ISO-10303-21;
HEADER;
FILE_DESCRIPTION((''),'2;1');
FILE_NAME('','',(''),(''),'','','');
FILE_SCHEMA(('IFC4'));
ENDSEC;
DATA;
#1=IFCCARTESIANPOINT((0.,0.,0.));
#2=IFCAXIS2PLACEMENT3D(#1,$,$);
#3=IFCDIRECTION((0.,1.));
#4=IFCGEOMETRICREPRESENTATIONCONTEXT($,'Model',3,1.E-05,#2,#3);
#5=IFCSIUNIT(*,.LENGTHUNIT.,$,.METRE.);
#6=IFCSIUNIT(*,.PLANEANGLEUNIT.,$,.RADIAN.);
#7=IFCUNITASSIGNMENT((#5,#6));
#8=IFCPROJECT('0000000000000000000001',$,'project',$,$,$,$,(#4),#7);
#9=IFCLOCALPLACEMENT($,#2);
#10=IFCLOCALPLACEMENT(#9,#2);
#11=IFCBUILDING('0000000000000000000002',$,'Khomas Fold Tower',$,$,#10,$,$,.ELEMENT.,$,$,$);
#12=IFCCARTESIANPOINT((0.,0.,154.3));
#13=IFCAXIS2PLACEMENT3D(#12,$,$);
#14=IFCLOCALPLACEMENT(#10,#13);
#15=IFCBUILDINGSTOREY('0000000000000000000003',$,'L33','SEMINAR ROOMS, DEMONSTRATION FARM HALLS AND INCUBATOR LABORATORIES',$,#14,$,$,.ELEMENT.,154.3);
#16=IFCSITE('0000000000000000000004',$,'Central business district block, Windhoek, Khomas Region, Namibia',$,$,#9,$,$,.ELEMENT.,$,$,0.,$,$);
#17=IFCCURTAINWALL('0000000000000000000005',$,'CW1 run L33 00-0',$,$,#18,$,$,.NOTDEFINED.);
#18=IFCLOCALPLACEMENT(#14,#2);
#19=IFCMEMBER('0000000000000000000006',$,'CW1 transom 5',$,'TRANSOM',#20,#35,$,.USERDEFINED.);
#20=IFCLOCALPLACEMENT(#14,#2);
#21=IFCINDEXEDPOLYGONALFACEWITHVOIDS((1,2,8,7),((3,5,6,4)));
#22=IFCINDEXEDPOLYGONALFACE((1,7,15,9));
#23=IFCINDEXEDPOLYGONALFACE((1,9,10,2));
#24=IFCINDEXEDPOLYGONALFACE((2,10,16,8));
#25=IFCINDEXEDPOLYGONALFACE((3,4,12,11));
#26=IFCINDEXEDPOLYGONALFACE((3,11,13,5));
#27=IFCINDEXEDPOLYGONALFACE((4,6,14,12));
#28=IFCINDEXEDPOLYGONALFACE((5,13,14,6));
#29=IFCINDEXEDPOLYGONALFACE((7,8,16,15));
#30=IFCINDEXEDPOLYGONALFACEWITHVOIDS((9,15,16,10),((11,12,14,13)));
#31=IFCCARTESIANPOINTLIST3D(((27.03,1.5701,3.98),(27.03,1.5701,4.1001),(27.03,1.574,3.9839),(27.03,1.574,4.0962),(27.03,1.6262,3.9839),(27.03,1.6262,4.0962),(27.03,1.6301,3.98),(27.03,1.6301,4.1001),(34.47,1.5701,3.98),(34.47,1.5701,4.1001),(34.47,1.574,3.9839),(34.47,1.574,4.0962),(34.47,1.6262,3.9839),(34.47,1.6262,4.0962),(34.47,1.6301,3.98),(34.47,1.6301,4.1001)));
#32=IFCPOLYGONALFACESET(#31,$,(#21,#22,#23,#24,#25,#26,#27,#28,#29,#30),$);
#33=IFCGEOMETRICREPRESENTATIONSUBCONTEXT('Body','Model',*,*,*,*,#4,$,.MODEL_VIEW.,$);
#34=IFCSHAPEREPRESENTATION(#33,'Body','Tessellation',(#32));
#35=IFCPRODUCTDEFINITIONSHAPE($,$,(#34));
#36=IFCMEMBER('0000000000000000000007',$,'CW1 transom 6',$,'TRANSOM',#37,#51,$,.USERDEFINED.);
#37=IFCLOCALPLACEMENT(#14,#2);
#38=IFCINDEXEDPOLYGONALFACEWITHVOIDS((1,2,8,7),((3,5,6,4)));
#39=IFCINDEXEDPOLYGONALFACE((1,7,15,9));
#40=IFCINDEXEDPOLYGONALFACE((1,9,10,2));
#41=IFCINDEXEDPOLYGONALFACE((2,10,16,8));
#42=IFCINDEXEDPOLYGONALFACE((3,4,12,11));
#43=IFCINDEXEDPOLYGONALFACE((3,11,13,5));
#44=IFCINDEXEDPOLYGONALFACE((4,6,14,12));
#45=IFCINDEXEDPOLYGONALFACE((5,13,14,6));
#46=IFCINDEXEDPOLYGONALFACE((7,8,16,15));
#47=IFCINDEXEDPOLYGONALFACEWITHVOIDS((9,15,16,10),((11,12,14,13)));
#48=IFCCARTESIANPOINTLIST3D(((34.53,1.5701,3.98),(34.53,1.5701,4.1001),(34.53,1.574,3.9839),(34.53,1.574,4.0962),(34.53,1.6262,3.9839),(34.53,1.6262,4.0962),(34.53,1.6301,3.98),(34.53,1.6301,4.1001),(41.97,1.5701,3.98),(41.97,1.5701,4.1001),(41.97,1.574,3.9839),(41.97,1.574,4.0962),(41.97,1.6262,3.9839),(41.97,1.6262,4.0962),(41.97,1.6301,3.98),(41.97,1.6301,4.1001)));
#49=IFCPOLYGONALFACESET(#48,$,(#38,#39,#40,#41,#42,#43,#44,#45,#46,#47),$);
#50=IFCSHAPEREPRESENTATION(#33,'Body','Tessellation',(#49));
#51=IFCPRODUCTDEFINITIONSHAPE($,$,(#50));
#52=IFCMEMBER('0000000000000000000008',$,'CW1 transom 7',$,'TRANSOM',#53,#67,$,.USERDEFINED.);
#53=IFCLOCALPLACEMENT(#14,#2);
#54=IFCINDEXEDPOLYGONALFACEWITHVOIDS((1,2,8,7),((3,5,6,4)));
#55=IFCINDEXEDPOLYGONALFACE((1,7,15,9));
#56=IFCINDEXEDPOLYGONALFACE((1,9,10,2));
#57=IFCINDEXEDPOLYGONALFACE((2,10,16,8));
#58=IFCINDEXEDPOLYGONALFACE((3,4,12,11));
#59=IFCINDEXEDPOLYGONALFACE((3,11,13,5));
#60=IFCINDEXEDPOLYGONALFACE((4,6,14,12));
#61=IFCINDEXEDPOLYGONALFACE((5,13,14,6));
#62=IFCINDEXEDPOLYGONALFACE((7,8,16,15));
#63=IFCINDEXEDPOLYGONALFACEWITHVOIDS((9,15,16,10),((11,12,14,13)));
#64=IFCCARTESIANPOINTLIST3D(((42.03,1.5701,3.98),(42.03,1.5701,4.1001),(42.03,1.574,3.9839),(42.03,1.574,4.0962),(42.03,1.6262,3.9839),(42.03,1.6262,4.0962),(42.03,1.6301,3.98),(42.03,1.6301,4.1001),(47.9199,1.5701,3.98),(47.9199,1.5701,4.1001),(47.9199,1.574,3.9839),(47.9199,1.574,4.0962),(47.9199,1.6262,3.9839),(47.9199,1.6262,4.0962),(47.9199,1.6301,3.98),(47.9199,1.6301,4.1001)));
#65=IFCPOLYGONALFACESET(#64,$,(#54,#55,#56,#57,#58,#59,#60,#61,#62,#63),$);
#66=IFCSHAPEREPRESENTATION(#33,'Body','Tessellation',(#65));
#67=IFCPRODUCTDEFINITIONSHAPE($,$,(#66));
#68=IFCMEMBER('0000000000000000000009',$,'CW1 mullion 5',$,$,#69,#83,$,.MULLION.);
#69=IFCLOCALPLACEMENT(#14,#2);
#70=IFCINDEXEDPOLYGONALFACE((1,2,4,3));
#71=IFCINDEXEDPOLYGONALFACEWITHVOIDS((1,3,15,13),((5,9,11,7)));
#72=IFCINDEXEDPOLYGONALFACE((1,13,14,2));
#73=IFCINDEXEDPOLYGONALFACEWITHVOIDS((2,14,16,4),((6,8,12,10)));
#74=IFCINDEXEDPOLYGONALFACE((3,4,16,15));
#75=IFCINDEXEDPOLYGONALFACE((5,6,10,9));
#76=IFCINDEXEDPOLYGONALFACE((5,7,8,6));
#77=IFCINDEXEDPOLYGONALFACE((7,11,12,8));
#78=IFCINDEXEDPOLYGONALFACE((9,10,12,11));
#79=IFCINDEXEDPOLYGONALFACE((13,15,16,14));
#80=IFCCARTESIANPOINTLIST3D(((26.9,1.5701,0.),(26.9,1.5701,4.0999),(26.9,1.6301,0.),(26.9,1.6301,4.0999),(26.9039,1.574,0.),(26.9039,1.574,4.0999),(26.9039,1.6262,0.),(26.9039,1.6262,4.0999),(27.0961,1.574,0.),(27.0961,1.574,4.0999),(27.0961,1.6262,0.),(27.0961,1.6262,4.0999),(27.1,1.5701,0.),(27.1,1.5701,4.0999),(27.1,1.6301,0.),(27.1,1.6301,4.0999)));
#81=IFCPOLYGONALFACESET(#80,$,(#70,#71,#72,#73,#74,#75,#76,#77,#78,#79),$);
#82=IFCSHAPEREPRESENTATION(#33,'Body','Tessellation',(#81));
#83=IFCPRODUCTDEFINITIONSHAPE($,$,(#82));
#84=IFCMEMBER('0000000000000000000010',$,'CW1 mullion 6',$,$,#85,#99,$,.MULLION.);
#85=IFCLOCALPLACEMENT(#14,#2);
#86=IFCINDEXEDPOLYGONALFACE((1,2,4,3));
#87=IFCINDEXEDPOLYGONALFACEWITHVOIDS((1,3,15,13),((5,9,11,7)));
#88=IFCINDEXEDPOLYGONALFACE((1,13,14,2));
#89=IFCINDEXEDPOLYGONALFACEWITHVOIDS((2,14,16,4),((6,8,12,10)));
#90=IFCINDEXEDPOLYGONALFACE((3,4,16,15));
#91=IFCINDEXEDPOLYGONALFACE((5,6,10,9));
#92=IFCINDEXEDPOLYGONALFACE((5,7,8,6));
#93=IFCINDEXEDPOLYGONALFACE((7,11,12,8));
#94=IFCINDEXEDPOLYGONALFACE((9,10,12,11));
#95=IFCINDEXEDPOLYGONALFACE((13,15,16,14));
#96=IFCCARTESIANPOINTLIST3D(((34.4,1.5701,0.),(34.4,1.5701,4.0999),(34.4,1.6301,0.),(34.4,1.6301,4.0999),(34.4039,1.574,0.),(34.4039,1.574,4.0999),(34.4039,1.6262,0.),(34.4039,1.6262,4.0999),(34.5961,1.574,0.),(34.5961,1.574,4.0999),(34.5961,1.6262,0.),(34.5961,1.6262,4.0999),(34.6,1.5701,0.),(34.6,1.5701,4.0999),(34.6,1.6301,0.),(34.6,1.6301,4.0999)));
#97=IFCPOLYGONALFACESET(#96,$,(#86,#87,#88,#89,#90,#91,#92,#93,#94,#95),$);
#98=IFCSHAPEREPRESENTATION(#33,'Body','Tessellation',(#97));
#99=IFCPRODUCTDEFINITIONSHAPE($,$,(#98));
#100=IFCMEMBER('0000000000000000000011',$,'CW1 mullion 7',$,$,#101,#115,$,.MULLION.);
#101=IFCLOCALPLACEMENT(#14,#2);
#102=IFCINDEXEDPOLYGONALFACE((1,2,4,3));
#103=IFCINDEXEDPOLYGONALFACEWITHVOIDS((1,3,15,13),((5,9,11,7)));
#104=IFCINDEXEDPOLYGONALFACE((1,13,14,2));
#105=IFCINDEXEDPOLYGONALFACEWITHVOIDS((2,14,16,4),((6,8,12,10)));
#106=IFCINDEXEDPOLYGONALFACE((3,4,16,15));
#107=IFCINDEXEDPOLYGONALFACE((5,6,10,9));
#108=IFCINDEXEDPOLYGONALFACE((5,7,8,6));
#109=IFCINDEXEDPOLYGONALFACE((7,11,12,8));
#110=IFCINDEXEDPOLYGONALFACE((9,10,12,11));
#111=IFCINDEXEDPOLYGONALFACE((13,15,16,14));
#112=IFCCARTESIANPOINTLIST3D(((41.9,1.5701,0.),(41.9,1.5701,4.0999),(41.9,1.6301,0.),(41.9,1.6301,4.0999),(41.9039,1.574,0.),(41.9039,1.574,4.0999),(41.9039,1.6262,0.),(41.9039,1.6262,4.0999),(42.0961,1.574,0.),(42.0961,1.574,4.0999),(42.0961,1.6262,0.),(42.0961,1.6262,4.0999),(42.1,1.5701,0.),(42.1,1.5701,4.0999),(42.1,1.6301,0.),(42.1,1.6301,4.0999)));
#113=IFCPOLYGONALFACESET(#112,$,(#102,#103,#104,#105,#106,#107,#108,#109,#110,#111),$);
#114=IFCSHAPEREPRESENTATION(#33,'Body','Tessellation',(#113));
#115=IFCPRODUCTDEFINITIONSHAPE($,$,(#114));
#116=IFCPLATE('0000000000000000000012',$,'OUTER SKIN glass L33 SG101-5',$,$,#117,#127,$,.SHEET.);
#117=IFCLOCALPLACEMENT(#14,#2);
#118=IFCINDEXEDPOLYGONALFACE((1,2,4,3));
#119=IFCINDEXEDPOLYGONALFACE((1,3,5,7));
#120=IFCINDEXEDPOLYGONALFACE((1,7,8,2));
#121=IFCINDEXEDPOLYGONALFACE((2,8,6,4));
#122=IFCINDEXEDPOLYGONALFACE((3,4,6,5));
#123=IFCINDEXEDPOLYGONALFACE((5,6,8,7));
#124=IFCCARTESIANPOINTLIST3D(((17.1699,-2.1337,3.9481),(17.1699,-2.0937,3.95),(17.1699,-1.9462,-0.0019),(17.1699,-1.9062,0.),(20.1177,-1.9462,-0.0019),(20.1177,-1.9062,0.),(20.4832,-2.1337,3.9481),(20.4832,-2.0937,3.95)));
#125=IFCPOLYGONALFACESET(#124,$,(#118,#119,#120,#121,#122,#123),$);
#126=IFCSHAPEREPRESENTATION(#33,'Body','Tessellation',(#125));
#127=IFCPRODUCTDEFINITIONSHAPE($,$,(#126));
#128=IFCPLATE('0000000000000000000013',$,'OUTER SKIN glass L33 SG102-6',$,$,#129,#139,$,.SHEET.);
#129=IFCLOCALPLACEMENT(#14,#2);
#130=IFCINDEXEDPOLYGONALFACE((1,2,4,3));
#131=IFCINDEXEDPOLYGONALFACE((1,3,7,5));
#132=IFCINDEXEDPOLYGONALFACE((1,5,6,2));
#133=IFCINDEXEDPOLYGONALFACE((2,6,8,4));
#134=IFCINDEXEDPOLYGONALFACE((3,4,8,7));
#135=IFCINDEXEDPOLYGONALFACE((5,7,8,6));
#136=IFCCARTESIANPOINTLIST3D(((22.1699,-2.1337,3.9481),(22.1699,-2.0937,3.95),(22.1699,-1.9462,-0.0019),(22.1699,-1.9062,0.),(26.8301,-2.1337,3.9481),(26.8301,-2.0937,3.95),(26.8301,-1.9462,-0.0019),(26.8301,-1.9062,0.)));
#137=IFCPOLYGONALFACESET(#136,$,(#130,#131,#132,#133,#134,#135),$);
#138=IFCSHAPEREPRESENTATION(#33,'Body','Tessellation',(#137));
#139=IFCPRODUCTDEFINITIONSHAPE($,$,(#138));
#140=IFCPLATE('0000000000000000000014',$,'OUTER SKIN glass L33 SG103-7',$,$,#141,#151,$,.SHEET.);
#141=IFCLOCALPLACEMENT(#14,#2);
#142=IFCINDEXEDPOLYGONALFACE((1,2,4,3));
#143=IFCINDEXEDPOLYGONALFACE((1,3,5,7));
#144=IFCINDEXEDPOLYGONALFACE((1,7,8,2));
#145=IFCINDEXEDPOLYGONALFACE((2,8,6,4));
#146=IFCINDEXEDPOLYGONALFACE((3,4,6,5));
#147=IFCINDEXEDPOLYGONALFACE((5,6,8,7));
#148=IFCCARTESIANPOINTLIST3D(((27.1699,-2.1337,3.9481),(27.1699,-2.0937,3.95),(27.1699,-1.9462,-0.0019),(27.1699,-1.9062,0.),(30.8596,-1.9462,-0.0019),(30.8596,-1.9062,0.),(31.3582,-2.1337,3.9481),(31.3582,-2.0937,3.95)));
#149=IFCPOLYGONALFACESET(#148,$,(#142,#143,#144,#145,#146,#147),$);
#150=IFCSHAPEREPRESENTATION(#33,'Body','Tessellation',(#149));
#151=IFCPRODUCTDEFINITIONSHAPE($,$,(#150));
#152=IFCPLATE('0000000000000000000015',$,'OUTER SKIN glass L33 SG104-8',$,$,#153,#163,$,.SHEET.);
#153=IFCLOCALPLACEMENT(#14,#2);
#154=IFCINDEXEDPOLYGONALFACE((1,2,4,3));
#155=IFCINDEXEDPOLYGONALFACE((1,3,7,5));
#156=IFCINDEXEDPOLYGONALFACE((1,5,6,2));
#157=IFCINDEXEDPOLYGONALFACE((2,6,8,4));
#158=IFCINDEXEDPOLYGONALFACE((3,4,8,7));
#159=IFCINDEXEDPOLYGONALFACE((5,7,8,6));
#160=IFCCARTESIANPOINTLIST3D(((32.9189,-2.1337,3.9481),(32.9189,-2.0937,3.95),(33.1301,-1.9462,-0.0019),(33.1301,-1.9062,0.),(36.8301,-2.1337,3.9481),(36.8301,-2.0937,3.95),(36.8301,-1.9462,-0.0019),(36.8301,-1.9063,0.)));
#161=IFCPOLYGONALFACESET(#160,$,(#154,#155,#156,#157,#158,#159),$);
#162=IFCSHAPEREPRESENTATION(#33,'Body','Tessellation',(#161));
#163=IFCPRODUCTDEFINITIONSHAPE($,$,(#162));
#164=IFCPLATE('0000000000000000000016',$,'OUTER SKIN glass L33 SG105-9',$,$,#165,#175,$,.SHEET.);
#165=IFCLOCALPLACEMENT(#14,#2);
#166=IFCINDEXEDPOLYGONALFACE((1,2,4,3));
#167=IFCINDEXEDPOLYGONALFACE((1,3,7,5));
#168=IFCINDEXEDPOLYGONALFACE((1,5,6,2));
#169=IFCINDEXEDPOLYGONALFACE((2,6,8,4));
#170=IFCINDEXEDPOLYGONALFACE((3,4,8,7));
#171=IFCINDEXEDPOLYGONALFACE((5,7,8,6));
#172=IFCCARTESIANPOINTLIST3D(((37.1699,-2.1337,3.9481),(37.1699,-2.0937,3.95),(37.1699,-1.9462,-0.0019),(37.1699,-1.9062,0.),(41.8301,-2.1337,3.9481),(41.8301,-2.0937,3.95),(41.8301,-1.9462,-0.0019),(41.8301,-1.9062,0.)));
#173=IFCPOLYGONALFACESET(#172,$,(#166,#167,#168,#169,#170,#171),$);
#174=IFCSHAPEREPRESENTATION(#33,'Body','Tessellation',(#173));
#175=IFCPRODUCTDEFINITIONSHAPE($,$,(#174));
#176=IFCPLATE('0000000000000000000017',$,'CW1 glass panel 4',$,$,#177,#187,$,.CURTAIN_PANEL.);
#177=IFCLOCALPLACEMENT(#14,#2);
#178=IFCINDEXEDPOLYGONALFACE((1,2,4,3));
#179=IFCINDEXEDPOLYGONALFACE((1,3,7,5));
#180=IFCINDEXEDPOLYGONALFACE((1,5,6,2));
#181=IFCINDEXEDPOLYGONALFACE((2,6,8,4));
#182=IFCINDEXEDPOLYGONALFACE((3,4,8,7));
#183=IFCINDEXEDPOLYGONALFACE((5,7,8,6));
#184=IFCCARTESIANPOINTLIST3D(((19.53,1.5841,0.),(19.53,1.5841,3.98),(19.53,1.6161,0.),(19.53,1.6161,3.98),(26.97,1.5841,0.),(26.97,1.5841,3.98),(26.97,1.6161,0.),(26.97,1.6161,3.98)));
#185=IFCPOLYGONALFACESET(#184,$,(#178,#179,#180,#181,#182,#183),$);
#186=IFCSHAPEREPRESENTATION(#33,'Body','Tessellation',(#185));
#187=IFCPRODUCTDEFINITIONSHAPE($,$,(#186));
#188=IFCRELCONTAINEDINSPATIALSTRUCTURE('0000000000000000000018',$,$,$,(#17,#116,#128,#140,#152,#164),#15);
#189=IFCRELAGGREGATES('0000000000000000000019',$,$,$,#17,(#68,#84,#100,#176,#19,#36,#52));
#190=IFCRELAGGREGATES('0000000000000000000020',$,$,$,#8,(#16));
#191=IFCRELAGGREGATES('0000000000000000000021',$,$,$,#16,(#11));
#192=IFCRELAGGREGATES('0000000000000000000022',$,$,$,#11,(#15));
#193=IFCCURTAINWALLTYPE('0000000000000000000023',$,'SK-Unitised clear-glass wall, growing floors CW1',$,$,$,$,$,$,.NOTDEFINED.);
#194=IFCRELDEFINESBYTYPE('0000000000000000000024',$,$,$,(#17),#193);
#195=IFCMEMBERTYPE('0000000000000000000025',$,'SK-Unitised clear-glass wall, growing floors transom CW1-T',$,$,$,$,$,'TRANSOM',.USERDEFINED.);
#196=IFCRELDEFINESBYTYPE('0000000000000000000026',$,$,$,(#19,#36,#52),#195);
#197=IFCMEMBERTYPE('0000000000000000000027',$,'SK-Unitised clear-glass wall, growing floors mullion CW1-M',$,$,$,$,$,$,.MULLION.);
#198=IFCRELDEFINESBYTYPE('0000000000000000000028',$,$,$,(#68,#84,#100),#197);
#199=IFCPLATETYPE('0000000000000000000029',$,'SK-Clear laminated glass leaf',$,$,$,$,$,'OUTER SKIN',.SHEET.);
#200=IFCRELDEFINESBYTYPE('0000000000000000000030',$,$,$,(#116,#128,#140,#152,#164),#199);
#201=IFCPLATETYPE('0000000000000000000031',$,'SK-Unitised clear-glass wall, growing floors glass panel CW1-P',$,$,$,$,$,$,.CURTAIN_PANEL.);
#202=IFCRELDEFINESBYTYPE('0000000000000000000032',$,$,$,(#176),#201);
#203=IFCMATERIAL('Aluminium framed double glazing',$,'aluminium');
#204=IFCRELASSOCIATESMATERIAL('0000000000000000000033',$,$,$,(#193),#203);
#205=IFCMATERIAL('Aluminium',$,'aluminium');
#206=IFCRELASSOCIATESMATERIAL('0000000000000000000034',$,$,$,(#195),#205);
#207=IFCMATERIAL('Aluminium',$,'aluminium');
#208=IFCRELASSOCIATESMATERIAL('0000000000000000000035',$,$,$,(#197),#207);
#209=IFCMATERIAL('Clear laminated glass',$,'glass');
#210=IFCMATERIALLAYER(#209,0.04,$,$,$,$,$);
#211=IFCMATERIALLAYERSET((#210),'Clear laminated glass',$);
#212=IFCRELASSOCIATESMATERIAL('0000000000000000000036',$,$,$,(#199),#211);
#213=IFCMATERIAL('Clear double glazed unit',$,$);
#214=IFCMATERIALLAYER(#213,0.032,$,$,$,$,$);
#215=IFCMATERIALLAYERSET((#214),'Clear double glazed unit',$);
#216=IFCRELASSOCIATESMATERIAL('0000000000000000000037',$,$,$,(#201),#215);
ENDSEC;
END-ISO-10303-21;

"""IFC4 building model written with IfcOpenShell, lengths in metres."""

from ifc_helpers import new_model, si_unit, direction, frame, origin, origin_2d, place, context, subcontext, project, spatial, polyline, rectangle, hollow_rectangle, outline, extrude, source, transform, mapped, material, layer, layer_set, material_profile, profile_set, type_object, element, aggregate, save


model = new_model("IFC4")

# Units and contexts
model_context = context("Model", 3, precision=1e-05, world=origin(), true_north=direction((0.0, 1.0)))
body_context = subcontext(model_context, "Body", "Model", "MODEL_VIEW")
ifc_project = project(units=[si_unit("LENGTHUNIT", "METRE"), si_unit("PLANEANGLEUNIT", "RADIAN")], contexts=[model_context])

# Site, building, storey
site_placement = place(None, origin())
site = spatial("IfcSite", under=ifc_project, at=site_placement, Name="Central business district block, Windhoek, Khomas Region, Namibia", CompositionType="ELEMENT", RefElevation=0.0)
building_placement = place(site_placement, origin())
building = spatial("IfcBuilding", under=site, at=building_placement, Name="Khomas Fold Tower", CompositionType="ELEMENT")
storey_placement = place(building_placement, frame((0.0, 0.0, 154.3)))
storey = spatial("IfcBuildingStorey", under=building, at=storey_placement, Name="L33", Description="SEMINAR ROOMS, DEMONSTRATION FARM HALLS AND INCUBATOR LABORATORIES", CompositionType="ELEMENT", Elevation=154.3)

# Curtain wall, members
ifc_material_1 = material(Name="Aluminium framed double glazing", Category="aluminium")
curtain_wall_type = type_object("IfcCurtainWallType", Name="SK-Unitised clear-glass wall, growing floors CW1", PredefinedType="NOTDEFINED", material=ifc_material_1)
curtain_wall_placement = place(storey_placement, origin())
curtain_wall = element("IfcCurtainWall", 1, at=curtain_wall_placement, inside=storey, type_object=curtain_wall_type, Name="CW1 run L33 00-0", PredefinedType="NOTDEFINED")
ifc_material_2 = material(Name="Aluminium", Category="aluminium")
ifc_material_profile_1 = material_profile(ifc_material_2, hollow_rectangle(XDim=0.0601, YDim=0.1201, WallThickness=0.0039, at=origin_2d()), Name="SK-Unitised clear-glass wall, growing floors transom CW1-T")
ifc_profile_set_1 = profile_set([ifc_material_profile_1], Name="Aluminium")
member_type_1 = type_object("IfcMemberType", Name="SK-Unitised clear-glass wall, growing floors transom CW1-T", ElementType="TRANSOM", PredefinedType="USERDEFINED", material=ifc_profile_set_1)
shared_shape_1 = source(origin(), body_context, "Body", "SweptSolid", [
    extrude(hollow_rectangle(XDim=0.0601, YDim=0.1201, WallThickness=0.0039, at=origin_2d()), origin(), (0.0, 0.0, 1.0), 7.4399),
])
member_1_placement = place(storey_placement, frame((27.03, 1.6001, 4.04), z_axis=(1.0, 0.0, 0.0), x_axis=(0.0, 1.0, 0.0)))
member_1 = element("IfcMember", 2, at=member_1_placement, type_object=member_type_1, Name="CW1 transom 5", ObjectType="TRANSOM", PredefinedType="USERDEFINED", context=body_context, shape_type="MappedRepresentation", body=[
    mapped(shared_shape_1, transform((0.0, 0.0, 0.0))),
])
member_2_placement = place(storey_placement, frame((34.53, 1.6001, 4.04), z_axis=(1.0, 0.0, 0.0), x_axis=(0.0, 1.0, 0.0)))
member_2 = element("IfcMember", 3, at=member_2_placement, type_object=member_type_1, Name="CW1 transom 6", ObjectType="TRANSOM", PredefinedType="USERDEFINED", context=body_context, shape_type="MappedRepresentation", body=[
    mapped(shared_shape_1, transform((0.0, 0.0, 0.0))),
])
shared_shape_2 = source(origin(), body_context, "Body", "SweptSolid", [
    extrude(hollow_rectangle(XDim=0.0601, YDim=0.1201, WallThickness=0.0039, at=origin_2d()), origin(), (0.0, 0.0, 1.0), 5.8899),
])
member_3_placement = place(storey_placement, frame((42.03, 1.6001, 4.04), z_axis=(1.0, 0.0, 0.0), x_axis=(0.0, 1.0, 0.0)))
member_3 = element("IfcMember", 4, at=member_3_placement, type_object=member_type_1, Name="CW1 transom 7", ObjectType="TRANSOM", PredefinedType="USERDEFINED", context=body_context, shape_type="MappedRepresentation", body=[
    mapped(shared_shape_2, transform((0.0, 0.0, 0.0))),
])
ifc_material_3 = material(Name="Aluminium", Category="aluminium")
ifc_material_profile_2 = material_profile(ifc_material_3, hollow_rectangle(XDim=0.0601, YDim=0.2, WallThickness=0.0039, at=origin_2d()), Name="SK-Unitised clear-glass wall, growing floors mullion CW1-M")
ifc_profile_set_2 = profile_set([ifc_material_profile_2], Name="Aluminium")
member_type_2 = type_object("IfcMemberType", Name="SK-Unitised clear-glass wall, growing floors mullion CW1-M", PredefinedType="MULLION", material=ifc_profile_set_2)
shared_shape_3 = source(origin(), body_context, "Body", "SweptSolid", [
    extrude(hollow_rectangle(XDim=0.0601, YDim=0.2, WallThickness=0.0039, at=origin_2d()), origin(), (0.0, 0.0, 1.0), 4.0999),
])
member_4_placement = place(storey_placement, frame((27.0, 1.6001, 0.0), z_axis=(0.0, 0.0, 1.0), x_axis=(0.0, 1.0, 0.0)))
member_4 = element("IfcMember", 5, at=member_4_placement, type_object=member_type_2, Name="CW1 mullion 5", PredefinedType="MULLION", context=body_context, shape_type="MappedRepresentation", body=[
    mapped(shared_shape_3, transform((0.0, 0.0, 0.0))),
])
member_5_placement = place(storey_placement, frame((34.5, 1.6001, 0.0), z_axis=(0.0, 0.0, 1.0), x_axis=(0.0, 1.0, 0.0)))
member_5 = element("IfcMember", 6, at=member_5_placement, type_object=member_type_2, Name="CW1 mullion 6", PredefinedType="MULLION", context=body_context, shape_type="MappedRepresentation", body=[
    mapped(shared_shape_3, transform((0.0, 0.0, 0.0))),
])
member_6_placement = place(storey_placement, frame((42.0, 1.6001, 0.0), z_axis=(0.0, 0.0, 1.0), x_axis=(0.0, 1.0, 0.0)))
member_6 = element("IfcMember", 7, at=member_6_placement, type_object=member_type_2, Name="CW1 mullion 7", PredefinedType="MULLION", context=body_context, shape_type="MappedRepresentation", body=[
    mapped(shared_shape_3, transform((0.0, 0.0, 0.0))),
])

# Plates
ifc_material_4 = material(Name="Clear laminated glass", Category="glass")
ifc_layer_1 = layer(ifc_material_4, 0.04)
ifc_layer_set_1 = layer_set([ifc_layer_1], Name="Clear laminated glass")
plate_type_1 = type_object("IfcPlateType", Name="SK-Clear laminated glass leaf", ElementType="OUTER SKIN", PredefinedType="SHEET", material=ifc_layer_set_1)
plate_1_placement = place(storey_placement, frame((20.1177, -1.9062, 0.0), z_axis=(0.0, 0.998875, 0.047416), x_axis=(-1.0, 0.0, 0.0)))
element("IfcPlate", 8, at=plate_1_placement, inside=storey, type_object=plate_type_1, Name="OUTER SKIN glass L33 SG101-5", PredefinedType="SHEET", context=body_context, shape_type="SweptSolid", body=[
    extrude(outline(polyline([(0.0, 0.0), (2.9478, 0.0), (2.9478, 3.9544), (-0.3655, 3.9544), (0.0, 0.0)])), origin(), (0.0, 0.0, -1.0), 0.04),
])
plate_2_placement = place(storey_placement, frame((22.1699, -1.9062, 0.0), z_axis=(0.0, 0.998875, 0.047416), x_axis=(0.0, -0.047416, 0.998875)))
element("IfcPlate", 9, at=plate_2_placement, inside=storey, type_object=plate_type_1, Name="OUTER SKIN glass L33 SG102-6", PredefinedType="SHEET", context=body_context, shape_type="SweptSolid", body=[
    extrude(outline(polyline([(0.0, 0.0), (3.9544, 0.0), (3.9544, 4.6602), (0.0, 4.6602), (0.0, 0.0)])), origin(), (0.0, 0.0, -1.0), 0.04),
])
plate_3_placement = place(storey_placement, frame((30.8596, -1.9062, 0.0), z_axis=(0.0, 0.998875, 0.047416), x_axis=(-1.0, 0.0, 0.0)))
element("IfcPlate", 10, at=plate_3_placement, inside=storey, type_object=plate_type_1, Name="OUTER SKIN glass L33 SG103-7", PredefinedType="SHEET", context=body_context, shape_type="SweptSolid", body=[
    extrude(outline(polyline([(0.0, 0.0), (3.6897, 0.0), (3.6897, 3.9544), (-0.4985, 3.9544), (0.0, 0.0)])), origin(), (0.0, 0.0, -1.0), 0.04),
])
plate_4_placement = place(storey_placement, frame((33.1301, -1.9062, 0.0), z_axis=(0.0, 0.998875, 0.047416), x_axis=(-0.053328, -0.047348, 0.997454)))
element("IfcPlate", 11, at=plate_4_placement, inside=storey, type_object=plate_type_1, Name="OUTER SKIN glass L33 SG104-8", PredefinedType="SHEET", context=body_context, shape_type="SweptSolid", body=[
    extrude(outline(polyline([(0.0, 0.0), (3.96, 0.0), (3.7515, 3.9056), (-0.1973, 3.6947), (0.0, 0.0)])), origin(), (0.0, 0.0, -1.0), 0.04),
])
plate_5_placement = place(storey_placement, frame((37.1699, -1.9062, 0.0), z_axis=(0.0, 0.998875, 0.047416), x_axis=(0.0, -0.047416, 0.998875)))
element("IfcPlate", 12, at=plate_5_placement, inside=storey, type_object=plate_type_1, Name="OUTER SKIN glass L33 SG105-9", PredefinedType="SHEET", context=body_context, shape_type="SweptSolid", body=[
    extrude(outline(polyline([(0.0, 0.0), (3.9544, 0.0), (3.9544, 4.6602), (0.0, 4.6602), (0.0, 0.0)])), origin(), (0.0, 0.0, -1.0), 0.04),
])

# Plate
ifc_material_5 = material(Name="Clear double glazed unit")
ifc_layer_2 = layer(ifc_material_5, 0.032)
ifc_layer_set_2 = layer_set([ifc_layer_2], Name="Clear double glazed unit")
plate_type_2 = type_object("IfcPlateType", Name="SK-Unitised clear-glass wall, growing floors glass panel CW1-P", PredefinedType="CURTAIN_PANEL", material=ifc_layer_set_2)
shared_shape_4 = source(origin(), body_context, "Body", "SweptSolid", [
    extrude(rectangle(XDim=7.4399, YDim=0.032, at=origin_2d()), origin(), (0.0, 0.0, 1.0), 3.98),
])
plate_6_placement = place(storey_placement, frame((23.25, 1.6001, 0.0), z_axis=(0.0, 0.0, 1.0), x_axis=(1.0, 0.0, 0.0)))
plate_6 = element("IfcPlate", 13, at=plate_6_placement, type_object=plate_type_2, Name="CW1 glass panel 4", PredefinedType="CURTAIN_PANEL", context=body_context, shape_type="MappedRepresentation", body=[
    mapped(shared_shape_4, transform((0.0, 0.0, 0.0))),
])
aggregate(curtain_wall, [member_4, member_5, member_6, plate_6, member_1, member_2, member_3])

save(model, "model.ifc")
